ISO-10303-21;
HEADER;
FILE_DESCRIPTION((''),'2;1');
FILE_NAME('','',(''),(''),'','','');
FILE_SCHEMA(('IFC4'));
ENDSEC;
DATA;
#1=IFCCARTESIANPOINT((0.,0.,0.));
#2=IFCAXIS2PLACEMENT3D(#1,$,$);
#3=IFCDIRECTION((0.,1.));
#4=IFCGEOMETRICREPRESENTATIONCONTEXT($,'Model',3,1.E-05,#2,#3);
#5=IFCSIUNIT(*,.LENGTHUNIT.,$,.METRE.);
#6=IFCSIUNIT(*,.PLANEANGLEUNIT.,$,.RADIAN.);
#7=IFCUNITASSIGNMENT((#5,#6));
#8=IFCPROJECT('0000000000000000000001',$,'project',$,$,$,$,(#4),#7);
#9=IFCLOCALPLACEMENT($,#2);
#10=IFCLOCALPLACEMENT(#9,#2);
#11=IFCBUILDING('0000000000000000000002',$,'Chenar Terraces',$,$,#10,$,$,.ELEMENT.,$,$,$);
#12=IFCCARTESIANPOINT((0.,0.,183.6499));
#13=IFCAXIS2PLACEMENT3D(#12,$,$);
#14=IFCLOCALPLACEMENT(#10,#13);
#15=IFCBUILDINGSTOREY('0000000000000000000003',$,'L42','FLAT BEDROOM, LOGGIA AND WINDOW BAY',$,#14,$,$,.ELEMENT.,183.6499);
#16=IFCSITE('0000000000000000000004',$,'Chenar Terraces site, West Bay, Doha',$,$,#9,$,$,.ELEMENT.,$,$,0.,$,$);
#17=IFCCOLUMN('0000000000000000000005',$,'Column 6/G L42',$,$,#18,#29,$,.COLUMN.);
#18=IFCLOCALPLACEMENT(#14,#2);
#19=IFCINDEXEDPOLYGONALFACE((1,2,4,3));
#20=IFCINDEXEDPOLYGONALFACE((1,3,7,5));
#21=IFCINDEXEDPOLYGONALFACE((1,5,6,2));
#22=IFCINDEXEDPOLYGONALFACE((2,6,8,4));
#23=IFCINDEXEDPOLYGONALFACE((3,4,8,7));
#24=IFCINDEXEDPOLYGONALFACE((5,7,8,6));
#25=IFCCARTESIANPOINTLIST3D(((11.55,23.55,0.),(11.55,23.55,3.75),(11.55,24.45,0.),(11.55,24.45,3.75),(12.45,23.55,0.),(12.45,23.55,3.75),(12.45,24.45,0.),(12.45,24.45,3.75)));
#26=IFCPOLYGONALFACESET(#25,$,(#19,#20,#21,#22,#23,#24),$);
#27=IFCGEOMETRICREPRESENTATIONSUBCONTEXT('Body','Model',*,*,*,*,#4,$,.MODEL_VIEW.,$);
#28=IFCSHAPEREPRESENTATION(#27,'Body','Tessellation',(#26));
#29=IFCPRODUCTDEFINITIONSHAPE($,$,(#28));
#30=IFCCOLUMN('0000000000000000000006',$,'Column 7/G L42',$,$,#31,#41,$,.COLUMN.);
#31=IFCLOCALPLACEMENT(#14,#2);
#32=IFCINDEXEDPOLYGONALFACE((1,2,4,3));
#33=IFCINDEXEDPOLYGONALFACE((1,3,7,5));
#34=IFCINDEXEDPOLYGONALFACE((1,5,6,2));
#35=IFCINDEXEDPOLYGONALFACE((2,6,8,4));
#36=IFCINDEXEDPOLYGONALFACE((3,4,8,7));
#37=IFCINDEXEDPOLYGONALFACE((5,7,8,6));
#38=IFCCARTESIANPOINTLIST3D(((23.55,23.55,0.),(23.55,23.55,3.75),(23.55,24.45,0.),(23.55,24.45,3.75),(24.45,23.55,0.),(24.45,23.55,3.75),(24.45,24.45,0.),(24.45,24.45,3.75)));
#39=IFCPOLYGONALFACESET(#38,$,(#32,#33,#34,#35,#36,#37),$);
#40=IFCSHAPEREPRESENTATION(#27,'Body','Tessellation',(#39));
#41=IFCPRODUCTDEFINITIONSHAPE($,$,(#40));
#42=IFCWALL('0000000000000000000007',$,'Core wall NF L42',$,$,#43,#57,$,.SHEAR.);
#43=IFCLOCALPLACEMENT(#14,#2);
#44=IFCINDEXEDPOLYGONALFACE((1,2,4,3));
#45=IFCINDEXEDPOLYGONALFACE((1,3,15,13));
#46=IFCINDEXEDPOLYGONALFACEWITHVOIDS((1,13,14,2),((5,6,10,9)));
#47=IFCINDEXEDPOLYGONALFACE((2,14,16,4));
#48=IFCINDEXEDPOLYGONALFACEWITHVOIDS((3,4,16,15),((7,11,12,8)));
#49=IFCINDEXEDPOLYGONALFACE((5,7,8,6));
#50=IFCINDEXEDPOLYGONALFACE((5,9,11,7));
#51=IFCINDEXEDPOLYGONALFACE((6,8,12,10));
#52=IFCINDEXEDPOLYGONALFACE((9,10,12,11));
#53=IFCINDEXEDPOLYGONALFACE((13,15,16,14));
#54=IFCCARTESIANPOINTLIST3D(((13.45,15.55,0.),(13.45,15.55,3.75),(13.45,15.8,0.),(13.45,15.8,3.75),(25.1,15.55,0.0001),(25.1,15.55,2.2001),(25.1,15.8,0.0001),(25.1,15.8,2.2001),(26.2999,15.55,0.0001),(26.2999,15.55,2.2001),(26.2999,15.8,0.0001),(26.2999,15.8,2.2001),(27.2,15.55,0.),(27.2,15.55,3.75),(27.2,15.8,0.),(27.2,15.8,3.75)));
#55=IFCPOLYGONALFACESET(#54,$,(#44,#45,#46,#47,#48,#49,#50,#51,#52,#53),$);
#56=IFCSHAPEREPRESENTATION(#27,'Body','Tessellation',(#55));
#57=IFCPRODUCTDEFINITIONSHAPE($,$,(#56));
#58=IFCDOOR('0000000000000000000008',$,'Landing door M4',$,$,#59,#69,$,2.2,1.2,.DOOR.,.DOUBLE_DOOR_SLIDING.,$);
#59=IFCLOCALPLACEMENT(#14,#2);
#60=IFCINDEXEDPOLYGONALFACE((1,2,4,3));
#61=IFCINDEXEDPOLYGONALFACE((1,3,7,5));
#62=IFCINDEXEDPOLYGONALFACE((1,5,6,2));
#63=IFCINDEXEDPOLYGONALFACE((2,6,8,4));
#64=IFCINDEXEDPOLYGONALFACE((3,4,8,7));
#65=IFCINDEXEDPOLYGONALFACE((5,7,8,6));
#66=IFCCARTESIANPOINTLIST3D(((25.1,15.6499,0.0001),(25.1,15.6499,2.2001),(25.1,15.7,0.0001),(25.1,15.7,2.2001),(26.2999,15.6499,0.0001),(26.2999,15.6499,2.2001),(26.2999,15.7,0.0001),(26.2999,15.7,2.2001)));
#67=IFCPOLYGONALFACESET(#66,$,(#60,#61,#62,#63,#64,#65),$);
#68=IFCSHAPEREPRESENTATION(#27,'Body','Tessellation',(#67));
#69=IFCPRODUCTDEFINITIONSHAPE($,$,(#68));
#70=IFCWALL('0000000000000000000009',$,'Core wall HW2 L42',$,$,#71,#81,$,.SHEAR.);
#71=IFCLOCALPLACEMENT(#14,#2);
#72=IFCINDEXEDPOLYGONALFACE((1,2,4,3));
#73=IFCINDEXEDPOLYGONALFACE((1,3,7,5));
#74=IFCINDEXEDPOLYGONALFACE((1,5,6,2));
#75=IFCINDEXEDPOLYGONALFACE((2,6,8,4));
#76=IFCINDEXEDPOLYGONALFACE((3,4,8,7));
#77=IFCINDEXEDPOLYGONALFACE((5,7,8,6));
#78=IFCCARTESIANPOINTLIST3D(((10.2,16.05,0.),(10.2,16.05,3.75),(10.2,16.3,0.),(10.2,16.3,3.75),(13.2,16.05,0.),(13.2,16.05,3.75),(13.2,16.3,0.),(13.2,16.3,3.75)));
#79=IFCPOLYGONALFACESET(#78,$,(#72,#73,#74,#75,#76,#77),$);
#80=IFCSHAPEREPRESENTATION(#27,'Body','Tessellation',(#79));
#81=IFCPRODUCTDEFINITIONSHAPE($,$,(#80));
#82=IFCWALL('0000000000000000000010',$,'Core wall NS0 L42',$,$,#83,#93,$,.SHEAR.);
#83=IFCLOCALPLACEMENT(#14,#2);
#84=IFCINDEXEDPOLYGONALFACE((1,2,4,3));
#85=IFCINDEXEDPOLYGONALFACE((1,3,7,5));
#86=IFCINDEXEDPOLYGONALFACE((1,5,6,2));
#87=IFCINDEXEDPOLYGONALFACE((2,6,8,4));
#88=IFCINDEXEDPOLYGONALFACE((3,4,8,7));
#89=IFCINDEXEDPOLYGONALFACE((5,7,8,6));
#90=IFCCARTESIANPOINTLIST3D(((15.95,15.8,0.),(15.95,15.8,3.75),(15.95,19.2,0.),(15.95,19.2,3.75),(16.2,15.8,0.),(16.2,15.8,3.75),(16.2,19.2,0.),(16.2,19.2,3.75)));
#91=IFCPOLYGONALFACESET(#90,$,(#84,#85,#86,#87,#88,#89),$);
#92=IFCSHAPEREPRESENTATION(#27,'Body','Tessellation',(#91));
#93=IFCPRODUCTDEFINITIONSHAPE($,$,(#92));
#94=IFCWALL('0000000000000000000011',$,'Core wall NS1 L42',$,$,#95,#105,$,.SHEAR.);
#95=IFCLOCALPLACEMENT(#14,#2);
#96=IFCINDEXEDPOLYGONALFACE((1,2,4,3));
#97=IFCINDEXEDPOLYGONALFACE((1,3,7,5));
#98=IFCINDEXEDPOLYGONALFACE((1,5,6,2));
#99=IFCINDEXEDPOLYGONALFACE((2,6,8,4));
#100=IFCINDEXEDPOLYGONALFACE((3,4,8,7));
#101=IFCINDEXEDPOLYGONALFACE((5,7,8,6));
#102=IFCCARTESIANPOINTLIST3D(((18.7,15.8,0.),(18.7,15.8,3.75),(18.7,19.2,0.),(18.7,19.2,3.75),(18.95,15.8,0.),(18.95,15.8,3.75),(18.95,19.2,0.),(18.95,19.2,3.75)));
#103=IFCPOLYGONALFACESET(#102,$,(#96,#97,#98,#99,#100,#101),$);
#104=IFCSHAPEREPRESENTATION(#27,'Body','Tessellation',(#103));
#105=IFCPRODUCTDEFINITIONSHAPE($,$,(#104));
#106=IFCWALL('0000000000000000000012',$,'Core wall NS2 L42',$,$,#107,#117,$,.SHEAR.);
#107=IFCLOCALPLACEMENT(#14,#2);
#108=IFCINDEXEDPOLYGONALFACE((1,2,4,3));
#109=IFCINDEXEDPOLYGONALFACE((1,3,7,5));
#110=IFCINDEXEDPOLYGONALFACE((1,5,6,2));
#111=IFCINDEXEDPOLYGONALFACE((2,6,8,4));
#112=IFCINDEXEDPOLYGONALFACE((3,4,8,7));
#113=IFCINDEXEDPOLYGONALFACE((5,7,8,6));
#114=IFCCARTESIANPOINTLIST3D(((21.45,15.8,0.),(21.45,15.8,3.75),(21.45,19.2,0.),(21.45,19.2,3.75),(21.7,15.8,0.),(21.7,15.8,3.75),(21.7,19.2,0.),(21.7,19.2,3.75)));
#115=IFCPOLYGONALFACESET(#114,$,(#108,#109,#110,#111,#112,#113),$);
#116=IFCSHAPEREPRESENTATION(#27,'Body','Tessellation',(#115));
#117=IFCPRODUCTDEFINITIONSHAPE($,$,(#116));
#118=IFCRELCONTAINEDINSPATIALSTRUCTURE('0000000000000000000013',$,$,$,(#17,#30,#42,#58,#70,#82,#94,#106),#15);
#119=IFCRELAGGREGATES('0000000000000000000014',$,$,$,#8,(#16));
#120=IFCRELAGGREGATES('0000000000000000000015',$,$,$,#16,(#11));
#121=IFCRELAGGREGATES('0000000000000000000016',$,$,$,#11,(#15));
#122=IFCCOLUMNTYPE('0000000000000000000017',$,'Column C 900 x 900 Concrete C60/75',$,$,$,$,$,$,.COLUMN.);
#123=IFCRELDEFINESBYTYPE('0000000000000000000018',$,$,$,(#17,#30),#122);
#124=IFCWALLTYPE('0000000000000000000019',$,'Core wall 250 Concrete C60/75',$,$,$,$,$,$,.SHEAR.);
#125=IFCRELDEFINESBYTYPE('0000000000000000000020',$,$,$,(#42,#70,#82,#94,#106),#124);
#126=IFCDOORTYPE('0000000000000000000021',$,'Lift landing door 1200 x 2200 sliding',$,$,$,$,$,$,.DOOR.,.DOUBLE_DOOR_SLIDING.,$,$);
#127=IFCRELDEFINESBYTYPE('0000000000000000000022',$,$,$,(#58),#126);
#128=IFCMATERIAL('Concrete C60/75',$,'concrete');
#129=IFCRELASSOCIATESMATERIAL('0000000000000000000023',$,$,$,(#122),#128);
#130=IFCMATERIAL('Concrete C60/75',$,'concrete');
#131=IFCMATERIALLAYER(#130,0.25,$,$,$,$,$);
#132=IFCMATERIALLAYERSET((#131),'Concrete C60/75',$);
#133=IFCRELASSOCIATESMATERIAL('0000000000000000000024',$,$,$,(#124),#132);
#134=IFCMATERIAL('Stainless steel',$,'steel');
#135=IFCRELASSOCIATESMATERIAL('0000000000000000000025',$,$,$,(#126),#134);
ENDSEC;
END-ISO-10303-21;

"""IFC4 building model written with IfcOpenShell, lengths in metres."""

from ifc_helpers import new_model, si_unit, direction, frame, frame_2d, origin, origin_2d, place, context, subcontext, project, spatial, rectangle, extrude, material, layer, layer_set, material_profile, profile_set, type_object, element, fill, save


model = new_model("IFC4")

# Units and contexts
model_context = context("Model", 3, precision=1e-05, world=origin(), true_north=direction((0.0, 1.0)))
body_context = subcontext(model_context, "Body", "Model", "MODEL_VIEW")
ifc_project = project(units=[si_unit("LENGTHUNIT", "METRE"), si_unit("PLANEANGLEUNIT", "RADIAN")], contexts=[model_context])

# Site, building, storey
site_placement = place(None, origin())
site = spatial("IfcSite", under=ifc_project, at=site_placement, Name="Chenar Terraces site, West Bay, Doha", CompositionType="ELEMENT", RefElevation=0.0)
building_placement = place(site_placement, origin())
building = spatial("IfcBuilding", under=site, at=building_placement, Name="Chenar Terraces", CompositionType="ELEMENT")
storey_placement = place(building_placement, frame((0.0, 0.0, 183.6499)))
storey = spatial("IfcBuildingStorey", under=building, at=storey_placement, Name="L42", Description="FLAT BEDROOM, LOGGIA AND WINDOW BAY", CompositionType="ELEMENT", Elevation=183.6499)

# Columns
ifc_material_1 = material(Name="Concrete C60/75", Category="concrete")
ifc_material_profile = material_profile(ifc_material_1, rectangle(XDim=0.8999, YDim=0.8999, at=origin_2d()), Name="C 900 x 900")
ifc_profile_set = profile_set([ifc_material_profile], Name="Concrete C60/75")
column_type = type_object("IfcColumnType", Name="Column C 900 x 900 Concrete C60/75", PredefinedType="COLUMN", material=ifc_profile_set)
for number, where, z_axis, x_axis, name in (
    (1, (12.0, 24.0, 0.0), (0.0, 0.0, 1.0), (1.0, 0.0, 0.0), "Column 6/G L42"),
    (2, (24.0, 24.0, 0.0), (0.0, 0.0, 1.0), (1.0, 0.0, 0.0), "Column 7/G L42"),
):
    element("IfcColumn", number, at=place(storey_placement, frame(where, z_axis=z_axis, x_axis=x_axis)), inside=storey, type_object=column_type, Name=name, PredefinedType="COLUMN", context=body_context, shape_type="SweptSolid", body=[
        extrude(rectangle(XDim=0.8999, YDim=0.8999, at=origin_2d()), origin(), (0.0, 0.0, 1.0), 3.75),
    ])

# Wall, opening, door
ifc_material_2 = material(Name="Concrete C60/75", Category="concrete")
ifc_layer_1 = layer(ifc_material_2, 0.25)
ifc_layer_set_1 = layer_set([ifc_layer_1], Name="Concrete C60/75")
wall_type_1 = type_object("IfcWallType", Name="Core wall 250 Concrete C60/75", PredefinedType="SHEAR", material=ifc_layer_set_1)
wall_1_placement = place(storey_placement, frame((13.45, 15.675, 0.0), z_axis=(0.0, 0.0, 1.0), x_axis=(1.0, 0.0, 0.0)))
wall_1 = element("IfcWall", 3, at=wall_1_placement, inside=storey, type_object=wall_type_1, Name="Core wall NF L42", PredefinedType="SHEAR", context=body_context, shape_type="SweptSolid", body=[
    extrude(rectangle(XDim=13.75, YDim=0.25, at=frame_2d((6.875, 0.0))), origin(), (0.0, 0.0, 1.0), 3.75),
])
opening_1_placement = place(wall_1_placement, frame((11.6499, 0.0, 0.0)))
opening_1 = element("IfcOpeningElement", 4, at=opening_1_placement, cuts=wall_1, PredefinedType="OPENING", context=body_context, shape_type="SweptSolid", body=[
    extrude(rectangle(XDim=1.2, YDim=2.2, at=frame_2d((0.6001, 1.1001))), frame((0.0, 0.135, 0.0), z_axis=(0.0, -1.0, 0.0), x_axis=(1.0, 0.0, 0.0)), (0.0, 0.0, 1.0), 0.27),
])
ifc_material_3 = material(Name="Stainless steel", Category="steel")
door_type_1 = type_object("IfcDoorType", Name="Lift landing door 1200 x 2200 sliding", OperationType="DOUBLE_DOOR_SLIDING", PredefinedType="DOOR", material=ifc_material_3)
door_1_placement = place(opening_1_placement, origin())
door_1 = element("IfcDoor", 5, at=door_1_placement, inside=storey, type_object=door_type_1, Name="Landing door M4", OperationType="DOUBLE_DOOR_SLIDING", OverallHeight=2.2, OverallWidth=1.2, PredefinedType="DOOR", context=body_context, shape_type="SweptSolid", body=[
    extrude(rectangle(XDim=1.2, YDim=2.2, at=frame_2d((0.6001, 1.1001))), frame((0.0, 0.0249, 0.0), z_axis=(0.0, -1.0, 0.0), x_axis=(1.0, 0.0, 0.0)), (0.0, 0.0, 1.0), 0.05),
])
fill(opening_1, door_1)

# Walls
wall_2_placement = place(storey_placement, frame((10.2, 16.175, 0.0), z_axis=(0.0, 0.0, 1.0), x_axis=(1.0, 0.0, 0.0)))
element("IfcWall", 6, at=wall_2_placement, inside=storey, type_object=wall_type_1, Name="Core wall HW2 L42", PredefinedType="SHEAR", context=body_context, shape_type="SweptSolid", body=[
    extrude(rectangle(XDim=3.0, YDim=0.25, at=frame_2d((1.5, 0.0))), origin(), (0.0, 0.0, 1.0), 3.75),
])
for number, where, z_axis, x_axis, name in (
    (7, (16.075, 15.8, 0.0), (0.0, 0.0, 1.0), (0.0, 1.0, 0.0), "Core wall NS0 L42"),
    (8, (18.825, 15.8, 0.0), (0.0, 0.0, 1.0), (0.0, 1.0, 0.0), "Core wall NS1 L42"),
    (9, (21.575, 15.8, 0.0), (0.0, 0.0, 1.0), (0.0, 1.0, 0.0), "Core wall NS2 L42"),
):
    element("IfcWall", number, at=place(storey_placement, frame(where, z_axis=z_axis, x_axis=x_axis)), inside=storey, type_object=wall_type_1, Name=name, PredefinedType="SHEAR", context=body_context, shape_type="SweptSolid", body=[
        extrude(rectangle(XDim=3.3999, YDim=0.25, at=frame_2d((1.7, 0.0))), origin(), (0.0, 0.0, 1.0), 3.75),
    ])

save(model, "model.ifc")
